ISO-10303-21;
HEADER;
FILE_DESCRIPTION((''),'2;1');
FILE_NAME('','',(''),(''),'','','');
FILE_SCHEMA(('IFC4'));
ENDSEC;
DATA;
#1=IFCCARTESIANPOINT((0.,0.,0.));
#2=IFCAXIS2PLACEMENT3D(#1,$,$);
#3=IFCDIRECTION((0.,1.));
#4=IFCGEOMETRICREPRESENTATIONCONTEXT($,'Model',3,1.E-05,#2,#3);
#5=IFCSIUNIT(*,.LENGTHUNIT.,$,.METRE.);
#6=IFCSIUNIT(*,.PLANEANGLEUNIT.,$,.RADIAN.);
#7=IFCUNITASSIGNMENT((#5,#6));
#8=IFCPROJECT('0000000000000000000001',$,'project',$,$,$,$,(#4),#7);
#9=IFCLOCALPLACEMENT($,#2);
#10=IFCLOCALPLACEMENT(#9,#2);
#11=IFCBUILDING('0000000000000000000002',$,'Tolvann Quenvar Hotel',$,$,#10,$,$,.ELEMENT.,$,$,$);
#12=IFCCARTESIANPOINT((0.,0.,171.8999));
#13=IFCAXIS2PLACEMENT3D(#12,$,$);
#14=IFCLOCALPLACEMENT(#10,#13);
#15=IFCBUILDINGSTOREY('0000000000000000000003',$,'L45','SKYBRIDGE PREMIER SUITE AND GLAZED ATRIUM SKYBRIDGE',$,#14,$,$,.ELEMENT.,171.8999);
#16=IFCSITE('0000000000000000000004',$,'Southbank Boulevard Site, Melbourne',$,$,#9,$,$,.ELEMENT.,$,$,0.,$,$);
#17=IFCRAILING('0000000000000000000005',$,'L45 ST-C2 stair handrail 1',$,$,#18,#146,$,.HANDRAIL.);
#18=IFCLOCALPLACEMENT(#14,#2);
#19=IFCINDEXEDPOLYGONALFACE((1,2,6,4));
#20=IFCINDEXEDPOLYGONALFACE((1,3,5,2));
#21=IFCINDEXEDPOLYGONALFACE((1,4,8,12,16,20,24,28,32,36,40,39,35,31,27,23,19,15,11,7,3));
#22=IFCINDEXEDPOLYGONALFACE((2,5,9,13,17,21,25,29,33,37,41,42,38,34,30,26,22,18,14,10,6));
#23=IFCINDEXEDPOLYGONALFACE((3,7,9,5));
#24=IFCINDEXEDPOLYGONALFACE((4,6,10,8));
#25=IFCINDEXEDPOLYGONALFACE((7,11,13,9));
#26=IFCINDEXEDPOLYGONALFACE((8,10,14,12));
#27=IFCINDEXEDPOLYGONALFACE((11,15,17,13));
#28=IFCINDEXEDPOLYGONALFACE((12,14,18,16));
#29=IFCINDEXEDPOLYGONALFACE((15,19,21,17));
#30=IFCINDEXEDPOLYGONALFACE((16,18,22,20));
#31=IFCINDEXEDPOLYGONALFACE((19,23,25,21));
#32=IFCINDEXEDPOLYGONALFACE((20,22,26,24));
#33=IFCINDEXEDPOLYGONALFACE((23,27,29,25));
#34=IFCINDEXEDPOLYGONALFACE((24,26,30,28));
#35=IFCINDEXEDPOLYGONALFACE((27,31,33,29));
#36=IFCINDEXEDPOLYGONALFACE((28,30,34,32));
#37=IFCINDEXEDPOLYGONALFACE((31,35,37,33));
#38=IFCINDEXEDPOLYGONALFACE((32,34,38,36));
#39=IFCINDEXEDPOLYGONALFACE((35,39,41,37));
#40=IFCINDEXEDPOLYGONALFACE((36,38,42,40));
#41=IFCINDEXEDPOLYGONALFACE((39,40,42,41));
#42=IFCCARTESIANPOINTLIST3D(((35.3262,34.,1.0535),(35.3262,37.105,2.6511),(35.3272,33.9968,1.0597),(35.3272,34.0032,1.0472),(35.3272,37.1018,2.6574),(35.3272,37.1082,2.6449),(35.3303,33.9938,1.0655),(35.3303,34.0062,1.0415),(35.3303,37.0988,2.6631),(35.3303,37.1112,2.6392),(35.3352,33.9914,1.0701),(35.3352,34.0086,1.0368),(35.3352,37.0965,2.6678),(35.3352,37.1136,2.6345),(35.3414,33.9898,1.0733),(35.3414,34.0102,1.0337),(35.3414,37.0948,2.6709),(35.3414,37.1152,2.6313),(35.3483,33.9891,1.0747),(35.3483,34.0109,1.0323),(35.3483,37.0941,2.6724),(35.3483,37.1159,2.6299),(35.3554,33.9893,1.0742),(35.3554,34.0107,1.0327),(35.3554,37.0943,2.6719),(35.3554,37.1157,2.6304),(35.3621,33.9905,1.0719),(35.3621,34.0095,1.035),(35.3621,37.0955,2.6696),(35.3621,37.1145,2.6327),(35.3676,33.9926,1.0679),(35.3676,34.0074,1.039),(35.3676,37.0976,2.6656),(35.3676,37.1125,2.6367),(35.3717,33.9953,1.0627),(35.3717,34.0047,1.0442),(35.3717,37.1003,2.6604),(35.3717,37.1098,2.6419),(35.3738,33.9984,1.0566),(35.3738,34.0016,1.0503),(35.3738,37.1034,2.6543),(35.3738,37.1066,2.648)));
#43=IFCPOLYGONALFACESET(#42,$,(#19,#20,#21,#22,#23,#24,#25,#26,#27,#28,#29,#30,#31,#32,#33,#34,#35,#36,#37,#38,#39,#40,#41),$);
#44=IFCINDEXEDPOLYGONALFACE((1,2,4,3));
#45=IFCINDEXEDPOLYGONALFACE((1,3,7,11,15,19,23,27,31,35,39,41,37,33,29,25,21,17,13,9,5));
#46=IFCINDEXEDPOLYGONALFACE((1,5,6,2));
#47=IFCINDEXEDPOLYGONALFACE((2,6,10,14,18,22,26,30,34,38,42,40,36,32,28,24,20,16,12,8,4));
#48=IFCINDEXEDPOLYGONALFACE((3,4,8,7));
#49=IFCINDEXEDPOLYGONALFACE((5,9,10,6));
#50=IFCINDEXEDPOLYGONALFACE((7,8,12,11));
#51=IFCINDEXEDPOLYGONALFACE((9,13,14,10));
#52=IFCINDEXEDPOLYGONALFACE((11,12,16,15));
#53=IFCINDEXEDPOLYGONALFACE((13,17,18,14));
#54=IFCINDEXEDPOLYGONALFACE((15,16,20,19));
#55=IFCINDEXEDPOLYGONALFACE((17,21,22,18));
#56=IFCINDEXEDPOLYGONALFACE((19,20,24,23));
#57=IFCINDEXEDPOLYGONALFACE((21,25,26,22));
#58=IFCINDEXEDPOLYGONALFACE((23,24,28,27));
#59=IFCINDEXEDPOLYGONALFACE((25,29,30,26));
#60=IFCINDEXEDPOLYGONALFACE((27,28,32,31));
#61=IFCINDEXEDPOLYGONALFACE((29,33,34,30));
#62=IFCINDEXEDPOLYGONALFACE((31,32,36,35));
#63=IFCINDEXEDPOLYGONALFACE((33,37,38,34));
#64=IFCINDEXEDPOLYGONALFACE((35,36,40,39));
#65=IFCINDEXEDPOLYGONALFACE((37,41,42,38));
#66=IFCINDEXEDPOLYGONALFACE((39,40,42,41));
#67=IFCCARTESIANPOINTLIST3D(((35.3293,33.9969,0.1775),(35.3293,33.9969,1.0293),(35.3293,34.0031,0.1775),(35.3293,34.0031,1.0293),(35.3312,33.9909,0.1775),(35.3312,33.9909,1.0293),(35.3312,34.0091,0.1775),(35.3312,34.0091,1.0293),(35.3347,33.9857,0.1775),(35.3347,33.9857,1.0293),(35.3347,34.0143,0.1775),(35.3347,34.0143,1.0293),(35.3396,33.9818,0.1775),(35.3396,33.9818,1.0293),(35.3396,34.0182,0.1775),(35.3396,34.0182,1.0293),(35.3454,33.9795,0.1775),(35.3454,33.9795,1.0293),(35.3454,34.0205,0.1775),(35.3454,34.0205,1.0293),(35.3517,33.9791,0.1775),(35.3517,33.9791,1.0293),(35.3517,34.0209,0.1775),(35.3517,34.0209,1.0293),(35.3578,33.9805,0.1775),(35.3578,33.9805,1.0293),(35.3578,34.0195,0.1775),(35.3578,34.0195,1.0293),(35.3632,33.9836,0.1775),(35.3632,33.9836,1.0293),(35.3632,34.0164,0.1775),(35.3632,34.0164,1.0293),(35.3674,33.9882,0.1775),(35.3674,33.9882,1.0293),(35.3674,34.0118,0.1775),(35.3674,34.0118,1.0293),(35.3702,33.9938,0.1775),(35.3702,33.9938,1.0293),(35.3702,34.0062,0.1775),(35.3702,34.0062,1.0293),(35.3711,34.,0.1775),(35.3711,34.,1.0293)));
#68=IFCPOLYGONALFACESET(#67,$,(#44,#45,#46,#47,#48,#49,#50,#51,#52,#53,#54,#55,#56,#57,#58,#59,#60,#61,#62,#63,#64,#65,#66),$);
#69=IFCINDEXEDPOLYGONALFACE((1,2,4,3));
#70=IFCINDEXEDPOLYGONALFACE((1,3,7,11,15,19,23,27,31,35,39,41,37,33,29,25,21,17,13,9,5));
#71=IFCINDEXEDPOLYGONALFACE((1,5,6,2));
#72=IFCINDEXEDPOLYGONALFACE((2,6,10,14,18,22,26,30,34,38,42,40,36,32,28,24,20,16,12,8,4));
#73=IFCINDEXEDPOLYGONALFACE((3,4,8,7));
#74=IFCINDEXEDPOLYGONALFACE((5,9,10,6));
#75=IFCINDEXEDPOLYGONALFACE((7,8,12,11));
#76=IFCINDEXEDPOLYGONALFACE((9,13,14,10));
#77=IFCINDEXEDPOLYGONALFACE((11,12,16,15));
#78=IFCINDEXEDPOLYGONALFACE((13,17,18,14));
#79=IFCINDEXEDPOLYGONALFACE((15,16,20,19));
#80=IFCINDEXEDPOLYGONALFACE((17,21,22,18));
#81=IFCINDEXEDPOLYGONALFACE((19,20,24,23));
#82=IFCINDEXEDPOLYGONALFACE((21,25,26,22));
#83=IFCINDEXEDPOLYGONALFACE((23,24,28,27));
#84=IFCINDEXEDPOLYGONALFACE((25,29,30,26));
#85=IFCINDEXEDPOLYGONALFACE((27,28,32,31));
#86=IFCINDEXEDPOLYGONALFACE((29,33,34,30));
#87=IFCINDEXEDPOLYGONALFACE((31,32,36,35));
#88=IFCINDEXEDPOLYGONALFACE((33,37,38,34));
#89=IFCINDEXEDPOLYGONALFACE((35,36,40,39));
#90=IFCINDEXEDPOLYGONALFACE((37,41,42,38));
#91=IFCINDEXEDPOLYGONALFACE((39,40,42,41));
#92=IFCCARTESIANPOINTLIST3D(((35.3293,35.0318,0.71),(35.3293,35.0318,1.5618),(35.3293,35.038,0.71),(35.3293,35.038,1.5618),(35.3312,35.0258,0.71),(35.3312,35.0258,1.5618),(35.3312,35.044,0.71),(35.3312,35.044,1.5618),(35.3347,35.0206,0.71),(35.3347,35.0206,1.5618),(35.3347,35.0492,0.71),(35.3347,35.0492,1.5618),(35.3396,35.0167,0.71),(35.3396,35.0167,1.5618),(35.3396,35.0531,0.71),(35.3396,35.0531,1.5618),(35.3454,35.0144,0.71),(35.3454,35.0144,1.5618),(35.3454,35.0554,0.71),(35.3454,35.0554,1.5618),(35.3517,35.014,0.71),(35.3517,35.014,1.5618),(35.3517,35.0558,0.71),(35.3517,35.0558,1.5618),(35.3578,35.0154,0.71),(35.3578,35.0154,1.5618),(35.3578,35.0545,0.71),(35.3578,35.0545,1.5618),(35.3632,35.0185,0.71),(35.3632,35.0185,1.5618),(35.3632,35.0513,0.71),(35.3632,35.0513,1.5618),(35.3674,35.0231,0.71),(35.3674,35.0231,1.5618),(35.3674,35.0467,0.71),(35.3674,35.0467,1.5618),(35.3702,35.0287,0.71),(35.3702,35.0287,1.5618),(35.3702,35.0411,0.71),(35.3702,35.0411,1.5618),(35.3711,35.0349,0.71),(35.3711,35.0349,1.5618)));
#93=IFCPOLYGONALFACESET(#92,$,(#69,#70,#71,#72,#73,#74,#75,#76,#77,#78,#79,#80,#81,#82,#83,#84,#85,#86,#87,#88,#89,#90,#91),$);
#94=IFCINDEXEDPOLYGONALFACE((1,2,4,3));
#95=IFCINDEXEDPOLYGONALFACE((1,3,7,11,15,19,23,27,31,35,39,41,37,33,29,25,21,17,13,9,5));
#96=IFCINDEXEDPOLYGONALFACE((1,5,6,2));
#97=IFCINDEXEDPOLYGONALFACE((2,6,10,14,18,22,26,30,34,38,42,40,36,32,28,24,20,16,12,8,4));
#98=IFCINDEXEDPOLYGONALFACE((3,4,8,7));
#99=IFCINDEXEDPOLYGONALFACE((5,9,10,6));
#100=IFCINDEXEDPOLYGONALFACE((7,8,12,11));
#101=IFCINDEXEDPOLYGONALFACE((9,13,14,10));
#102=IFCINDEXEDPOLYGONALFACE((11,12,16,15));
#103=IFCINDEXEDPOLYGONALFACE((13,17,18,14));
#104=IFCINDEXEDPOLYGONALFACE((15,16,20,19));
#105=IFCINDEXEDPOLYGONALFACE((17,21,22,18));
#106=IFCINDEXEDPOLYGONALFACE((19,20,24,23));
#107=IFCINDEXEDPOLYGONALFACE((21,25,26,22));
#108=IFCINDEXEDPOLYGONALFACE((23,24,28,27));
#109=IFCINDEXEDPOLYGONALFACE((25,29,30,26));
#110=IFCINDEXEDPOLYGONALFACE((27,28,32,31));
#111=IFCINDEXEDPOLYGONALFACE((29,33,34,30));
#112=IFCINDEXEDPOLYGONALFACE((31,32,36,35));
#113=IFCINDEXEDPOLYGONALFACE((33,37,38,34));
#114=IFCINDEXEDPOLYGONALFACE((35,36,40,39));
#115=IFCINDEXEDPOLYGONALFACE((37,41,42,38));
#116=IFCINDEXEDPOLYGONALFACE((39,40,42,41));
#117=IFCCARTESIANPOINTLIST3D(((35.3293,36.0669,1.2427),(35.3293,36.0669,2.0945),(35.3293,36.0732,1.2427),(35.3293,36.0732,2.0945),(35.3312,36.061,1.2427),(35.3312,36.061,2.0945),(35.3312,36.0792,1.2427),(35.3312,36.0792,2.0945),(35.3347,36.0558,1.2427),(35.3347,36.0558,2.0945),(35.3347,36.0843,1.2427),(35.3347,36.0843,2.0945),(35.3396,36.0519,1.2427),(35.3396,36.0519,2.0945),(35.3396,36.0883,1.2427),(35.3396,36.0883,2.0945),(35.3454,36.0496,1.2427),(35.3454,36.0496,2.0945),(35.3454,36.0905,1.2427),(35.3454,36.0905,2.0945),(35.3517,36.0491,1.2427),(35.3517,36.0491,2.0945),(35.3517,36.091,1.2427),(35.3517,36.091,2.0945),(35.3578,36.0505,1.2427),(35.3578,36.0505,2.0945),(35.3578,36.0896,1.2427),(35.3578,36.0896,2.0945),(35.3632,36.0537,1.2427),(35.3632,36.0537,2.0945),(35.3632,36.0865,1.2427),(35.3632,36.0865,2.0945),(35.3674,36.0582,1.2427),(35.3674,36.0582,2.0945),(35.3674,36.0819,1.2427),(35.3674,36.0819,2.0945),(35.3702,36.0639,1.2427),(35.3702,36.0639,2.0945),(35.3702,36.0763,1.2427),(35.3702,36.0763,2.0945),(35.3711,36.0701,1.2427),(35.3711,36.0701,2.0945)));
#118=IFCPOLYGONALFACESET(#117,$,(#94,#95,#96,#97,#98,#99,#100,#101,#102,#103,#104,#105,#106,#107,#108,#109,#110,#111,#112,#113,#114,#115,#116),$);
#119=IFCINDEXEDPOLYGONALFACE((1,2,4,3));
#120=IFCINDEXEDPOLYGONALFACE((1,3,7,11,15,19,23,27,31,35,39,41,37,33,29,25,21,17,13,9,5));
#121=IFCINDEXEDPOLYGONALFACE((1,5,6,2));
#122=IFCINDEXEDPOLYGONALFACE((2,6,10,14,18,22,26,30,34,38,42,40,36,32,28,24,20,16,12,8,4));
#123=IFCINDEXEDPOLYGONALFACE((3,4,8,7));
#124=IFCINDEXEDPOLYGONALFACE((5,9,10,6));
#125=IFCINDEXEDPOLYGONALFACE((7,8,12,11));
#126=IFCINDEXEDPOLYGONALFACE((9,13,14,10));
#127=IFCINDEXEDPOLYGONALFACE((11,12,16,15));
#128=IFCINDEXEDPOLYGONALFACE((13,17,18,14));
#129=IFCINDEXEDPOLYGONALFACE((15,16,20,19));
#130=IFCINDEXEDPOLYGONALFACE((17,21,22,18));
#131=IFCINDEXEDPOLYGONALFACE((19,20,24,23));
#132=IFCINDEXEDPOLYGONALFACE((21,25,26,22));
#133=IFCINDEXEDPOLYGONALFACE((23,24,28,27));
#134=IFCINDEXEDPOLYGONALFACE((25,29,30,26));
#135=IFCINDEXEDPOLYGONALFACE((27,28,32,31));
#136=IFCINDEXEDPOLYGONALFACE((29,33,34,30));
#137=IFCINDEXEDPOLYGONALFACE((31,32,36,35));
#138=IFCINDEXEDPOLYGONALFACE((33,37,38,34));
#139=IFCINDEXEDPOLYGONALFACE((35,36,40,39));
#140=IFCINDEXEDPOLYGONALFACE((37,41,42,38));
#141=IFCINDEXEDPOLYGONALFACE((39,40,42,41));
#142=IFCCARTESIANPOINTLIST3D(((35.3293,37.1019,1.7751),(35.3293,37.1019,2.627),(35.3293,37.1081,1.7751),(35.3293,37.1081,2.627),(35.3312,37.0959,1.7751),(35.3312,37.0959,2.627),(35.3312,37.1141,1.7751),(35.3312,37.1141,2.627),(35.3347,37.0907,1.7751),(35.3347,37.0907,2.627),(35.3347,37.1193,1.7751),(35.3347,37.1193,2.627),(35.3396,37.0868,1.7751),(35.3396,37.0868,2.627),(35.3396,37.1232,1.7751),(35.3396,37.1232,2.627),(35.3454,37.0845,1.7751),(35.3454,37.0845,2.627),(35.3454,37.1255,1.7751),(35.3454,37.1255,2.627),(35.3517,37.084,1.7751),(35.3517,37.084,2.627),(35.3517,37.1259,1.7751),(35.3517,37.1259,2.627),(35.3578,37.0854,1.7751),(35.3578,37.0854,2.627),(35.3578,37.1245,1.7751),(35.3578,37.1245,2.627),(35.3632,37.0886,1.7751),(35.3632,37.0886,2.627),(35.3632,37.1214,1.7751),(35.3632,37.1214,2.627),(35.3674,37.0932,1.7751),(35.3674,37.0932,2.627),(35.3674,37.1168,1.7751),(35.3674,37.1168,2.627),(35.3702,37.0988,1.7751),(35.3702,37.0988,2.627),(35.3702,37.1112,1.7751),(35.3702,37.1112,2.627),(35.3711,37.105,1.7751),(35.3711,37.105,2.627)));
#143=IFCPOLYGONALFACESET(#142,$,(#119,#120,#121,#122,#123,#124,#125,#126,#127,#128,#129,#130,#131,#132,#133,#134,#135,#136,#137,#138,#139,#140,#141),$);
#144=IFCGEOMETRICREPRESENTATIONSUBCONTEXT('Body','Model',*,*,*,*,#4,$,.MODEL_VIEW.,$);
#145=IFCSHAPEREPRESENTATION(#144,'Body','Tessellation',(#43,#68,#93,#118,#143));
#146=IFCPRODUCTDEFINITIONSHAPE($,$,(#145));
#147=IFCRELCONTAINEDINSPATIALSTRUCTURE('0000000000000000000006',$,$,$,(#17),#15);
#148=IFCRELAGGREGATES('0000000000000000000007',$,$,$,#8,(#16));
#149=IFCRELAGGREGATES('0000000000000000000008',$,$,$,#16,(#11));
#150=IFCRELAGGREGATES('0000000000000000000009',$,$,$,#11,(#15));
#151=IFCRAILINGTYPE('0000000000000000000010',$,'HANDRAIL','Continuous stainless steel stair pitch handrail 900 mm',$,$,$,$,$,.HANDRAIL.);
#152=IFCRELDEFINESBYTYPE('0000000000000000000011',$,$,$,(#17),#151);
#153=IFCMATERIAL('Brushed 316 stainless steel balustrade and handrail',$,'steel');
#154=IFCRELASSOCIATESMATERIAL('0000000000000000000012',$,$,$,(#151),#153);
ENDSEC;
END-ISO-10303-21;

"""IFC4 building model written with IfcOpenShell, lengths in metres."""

from ifc_helpers import new_model, si_unit, direction, frame, origin, origin_2d, place, context, subcontext, project, spatial, circle, extrude, material, type_object, element, save


model = new_model("IFC4")

# Units and contexts
model_context = context("Model", 3, precision=1e-05, world=origin(), true_north=direction((0.0, 1.0)))
body_context = subcontext(model_context, "Body", "Model", "MODEL_VIEW")
ifc_project = project(units=[si_unit("LENGTHUNIT", "METRE"), si_unit("PLANEANGLEUNIT", "RADIAN")], contexts=[model_context])

# Site, building, storey
site_placement = place(None, origin())
site = spatial("IfcSite", under=ifc_project, at=site_placement, Name="Southbank Boulevard Site, Melbourne", CompositionType="ELEMENT", RefElevation=0.0)
building_placement = place(site_placement, origin())
building = spatial("IfcBuilding", under=site, at=building_placement, Name="Tolvann Quenvar Hotel", CompositionType="ELEMENT")
storey_placement = place(building_placement, frame((0.0, 0.0, 171.8999)))
storey = spatial("IfcBuildingStorey", under=building, at=storey_placement, Name="L45", Description="SKYBRIDGE PREMIER SUITE AND GLAZED ATRIUM SKYBRIDGE", CompositionType="ELEMENT", Elevation=171.8999)

# Railing
ifc_material_1 = material(Name="Brushed 316 stainless steel balustrade and handrail", Category="steel")
railing_type_1 = type_object("IfcRailingType", Name="HANDRAIL", Description="Continuous stainless steel stair pitch handrail 900 mm", PredefinedType="HANDRAIL", material=ifc_material_1)
railing_1_placement = place(storey_placement, frame((35.3501, 34.0, 0.1775)))
element("IfcRailing", 1, at=railing_1_placement, inside=storey, type_object=railing_type_1, Name="L45 ST-C2 stair handrail 1", PredefinedType="HANDRAIL", context=body_context, shape_type="SweptSolid", body=[
    extrude(circle(Radius=0.0239, at=origin_2d()), frame((0.0, 0.0, 0.876), z_axis=(0.0, 0.889194, 0.457531), x_axis=(-1.0, 0.0, 0.0)), (0.0, 0.0, 1.0), 3.4919),
    extrude(circle(Radius=0.021, at=origin_2d()), origin(), (0.0, 0.0, 1.0), 0.8518),
    extrude(circle(Radius=0.021, at=origin_2d()), frame((0.0, 1.0349, 0.5325)), (0.0, 0.0, 1.0), 0.8518),
    extrude(circle(Radius=0.021, at=origin_2d()), frame((0.0, 2.0701, 1.0652)), (0.0, 0.0, 1.0), 0.8518),
    extrude(circle(Radius=0.021, at=origin_2d()), frame((0.0, 3.105, 1.5977)), (0.0, 0.0, 1.0), 0.8518),
])

save(model, "model.ifc")
